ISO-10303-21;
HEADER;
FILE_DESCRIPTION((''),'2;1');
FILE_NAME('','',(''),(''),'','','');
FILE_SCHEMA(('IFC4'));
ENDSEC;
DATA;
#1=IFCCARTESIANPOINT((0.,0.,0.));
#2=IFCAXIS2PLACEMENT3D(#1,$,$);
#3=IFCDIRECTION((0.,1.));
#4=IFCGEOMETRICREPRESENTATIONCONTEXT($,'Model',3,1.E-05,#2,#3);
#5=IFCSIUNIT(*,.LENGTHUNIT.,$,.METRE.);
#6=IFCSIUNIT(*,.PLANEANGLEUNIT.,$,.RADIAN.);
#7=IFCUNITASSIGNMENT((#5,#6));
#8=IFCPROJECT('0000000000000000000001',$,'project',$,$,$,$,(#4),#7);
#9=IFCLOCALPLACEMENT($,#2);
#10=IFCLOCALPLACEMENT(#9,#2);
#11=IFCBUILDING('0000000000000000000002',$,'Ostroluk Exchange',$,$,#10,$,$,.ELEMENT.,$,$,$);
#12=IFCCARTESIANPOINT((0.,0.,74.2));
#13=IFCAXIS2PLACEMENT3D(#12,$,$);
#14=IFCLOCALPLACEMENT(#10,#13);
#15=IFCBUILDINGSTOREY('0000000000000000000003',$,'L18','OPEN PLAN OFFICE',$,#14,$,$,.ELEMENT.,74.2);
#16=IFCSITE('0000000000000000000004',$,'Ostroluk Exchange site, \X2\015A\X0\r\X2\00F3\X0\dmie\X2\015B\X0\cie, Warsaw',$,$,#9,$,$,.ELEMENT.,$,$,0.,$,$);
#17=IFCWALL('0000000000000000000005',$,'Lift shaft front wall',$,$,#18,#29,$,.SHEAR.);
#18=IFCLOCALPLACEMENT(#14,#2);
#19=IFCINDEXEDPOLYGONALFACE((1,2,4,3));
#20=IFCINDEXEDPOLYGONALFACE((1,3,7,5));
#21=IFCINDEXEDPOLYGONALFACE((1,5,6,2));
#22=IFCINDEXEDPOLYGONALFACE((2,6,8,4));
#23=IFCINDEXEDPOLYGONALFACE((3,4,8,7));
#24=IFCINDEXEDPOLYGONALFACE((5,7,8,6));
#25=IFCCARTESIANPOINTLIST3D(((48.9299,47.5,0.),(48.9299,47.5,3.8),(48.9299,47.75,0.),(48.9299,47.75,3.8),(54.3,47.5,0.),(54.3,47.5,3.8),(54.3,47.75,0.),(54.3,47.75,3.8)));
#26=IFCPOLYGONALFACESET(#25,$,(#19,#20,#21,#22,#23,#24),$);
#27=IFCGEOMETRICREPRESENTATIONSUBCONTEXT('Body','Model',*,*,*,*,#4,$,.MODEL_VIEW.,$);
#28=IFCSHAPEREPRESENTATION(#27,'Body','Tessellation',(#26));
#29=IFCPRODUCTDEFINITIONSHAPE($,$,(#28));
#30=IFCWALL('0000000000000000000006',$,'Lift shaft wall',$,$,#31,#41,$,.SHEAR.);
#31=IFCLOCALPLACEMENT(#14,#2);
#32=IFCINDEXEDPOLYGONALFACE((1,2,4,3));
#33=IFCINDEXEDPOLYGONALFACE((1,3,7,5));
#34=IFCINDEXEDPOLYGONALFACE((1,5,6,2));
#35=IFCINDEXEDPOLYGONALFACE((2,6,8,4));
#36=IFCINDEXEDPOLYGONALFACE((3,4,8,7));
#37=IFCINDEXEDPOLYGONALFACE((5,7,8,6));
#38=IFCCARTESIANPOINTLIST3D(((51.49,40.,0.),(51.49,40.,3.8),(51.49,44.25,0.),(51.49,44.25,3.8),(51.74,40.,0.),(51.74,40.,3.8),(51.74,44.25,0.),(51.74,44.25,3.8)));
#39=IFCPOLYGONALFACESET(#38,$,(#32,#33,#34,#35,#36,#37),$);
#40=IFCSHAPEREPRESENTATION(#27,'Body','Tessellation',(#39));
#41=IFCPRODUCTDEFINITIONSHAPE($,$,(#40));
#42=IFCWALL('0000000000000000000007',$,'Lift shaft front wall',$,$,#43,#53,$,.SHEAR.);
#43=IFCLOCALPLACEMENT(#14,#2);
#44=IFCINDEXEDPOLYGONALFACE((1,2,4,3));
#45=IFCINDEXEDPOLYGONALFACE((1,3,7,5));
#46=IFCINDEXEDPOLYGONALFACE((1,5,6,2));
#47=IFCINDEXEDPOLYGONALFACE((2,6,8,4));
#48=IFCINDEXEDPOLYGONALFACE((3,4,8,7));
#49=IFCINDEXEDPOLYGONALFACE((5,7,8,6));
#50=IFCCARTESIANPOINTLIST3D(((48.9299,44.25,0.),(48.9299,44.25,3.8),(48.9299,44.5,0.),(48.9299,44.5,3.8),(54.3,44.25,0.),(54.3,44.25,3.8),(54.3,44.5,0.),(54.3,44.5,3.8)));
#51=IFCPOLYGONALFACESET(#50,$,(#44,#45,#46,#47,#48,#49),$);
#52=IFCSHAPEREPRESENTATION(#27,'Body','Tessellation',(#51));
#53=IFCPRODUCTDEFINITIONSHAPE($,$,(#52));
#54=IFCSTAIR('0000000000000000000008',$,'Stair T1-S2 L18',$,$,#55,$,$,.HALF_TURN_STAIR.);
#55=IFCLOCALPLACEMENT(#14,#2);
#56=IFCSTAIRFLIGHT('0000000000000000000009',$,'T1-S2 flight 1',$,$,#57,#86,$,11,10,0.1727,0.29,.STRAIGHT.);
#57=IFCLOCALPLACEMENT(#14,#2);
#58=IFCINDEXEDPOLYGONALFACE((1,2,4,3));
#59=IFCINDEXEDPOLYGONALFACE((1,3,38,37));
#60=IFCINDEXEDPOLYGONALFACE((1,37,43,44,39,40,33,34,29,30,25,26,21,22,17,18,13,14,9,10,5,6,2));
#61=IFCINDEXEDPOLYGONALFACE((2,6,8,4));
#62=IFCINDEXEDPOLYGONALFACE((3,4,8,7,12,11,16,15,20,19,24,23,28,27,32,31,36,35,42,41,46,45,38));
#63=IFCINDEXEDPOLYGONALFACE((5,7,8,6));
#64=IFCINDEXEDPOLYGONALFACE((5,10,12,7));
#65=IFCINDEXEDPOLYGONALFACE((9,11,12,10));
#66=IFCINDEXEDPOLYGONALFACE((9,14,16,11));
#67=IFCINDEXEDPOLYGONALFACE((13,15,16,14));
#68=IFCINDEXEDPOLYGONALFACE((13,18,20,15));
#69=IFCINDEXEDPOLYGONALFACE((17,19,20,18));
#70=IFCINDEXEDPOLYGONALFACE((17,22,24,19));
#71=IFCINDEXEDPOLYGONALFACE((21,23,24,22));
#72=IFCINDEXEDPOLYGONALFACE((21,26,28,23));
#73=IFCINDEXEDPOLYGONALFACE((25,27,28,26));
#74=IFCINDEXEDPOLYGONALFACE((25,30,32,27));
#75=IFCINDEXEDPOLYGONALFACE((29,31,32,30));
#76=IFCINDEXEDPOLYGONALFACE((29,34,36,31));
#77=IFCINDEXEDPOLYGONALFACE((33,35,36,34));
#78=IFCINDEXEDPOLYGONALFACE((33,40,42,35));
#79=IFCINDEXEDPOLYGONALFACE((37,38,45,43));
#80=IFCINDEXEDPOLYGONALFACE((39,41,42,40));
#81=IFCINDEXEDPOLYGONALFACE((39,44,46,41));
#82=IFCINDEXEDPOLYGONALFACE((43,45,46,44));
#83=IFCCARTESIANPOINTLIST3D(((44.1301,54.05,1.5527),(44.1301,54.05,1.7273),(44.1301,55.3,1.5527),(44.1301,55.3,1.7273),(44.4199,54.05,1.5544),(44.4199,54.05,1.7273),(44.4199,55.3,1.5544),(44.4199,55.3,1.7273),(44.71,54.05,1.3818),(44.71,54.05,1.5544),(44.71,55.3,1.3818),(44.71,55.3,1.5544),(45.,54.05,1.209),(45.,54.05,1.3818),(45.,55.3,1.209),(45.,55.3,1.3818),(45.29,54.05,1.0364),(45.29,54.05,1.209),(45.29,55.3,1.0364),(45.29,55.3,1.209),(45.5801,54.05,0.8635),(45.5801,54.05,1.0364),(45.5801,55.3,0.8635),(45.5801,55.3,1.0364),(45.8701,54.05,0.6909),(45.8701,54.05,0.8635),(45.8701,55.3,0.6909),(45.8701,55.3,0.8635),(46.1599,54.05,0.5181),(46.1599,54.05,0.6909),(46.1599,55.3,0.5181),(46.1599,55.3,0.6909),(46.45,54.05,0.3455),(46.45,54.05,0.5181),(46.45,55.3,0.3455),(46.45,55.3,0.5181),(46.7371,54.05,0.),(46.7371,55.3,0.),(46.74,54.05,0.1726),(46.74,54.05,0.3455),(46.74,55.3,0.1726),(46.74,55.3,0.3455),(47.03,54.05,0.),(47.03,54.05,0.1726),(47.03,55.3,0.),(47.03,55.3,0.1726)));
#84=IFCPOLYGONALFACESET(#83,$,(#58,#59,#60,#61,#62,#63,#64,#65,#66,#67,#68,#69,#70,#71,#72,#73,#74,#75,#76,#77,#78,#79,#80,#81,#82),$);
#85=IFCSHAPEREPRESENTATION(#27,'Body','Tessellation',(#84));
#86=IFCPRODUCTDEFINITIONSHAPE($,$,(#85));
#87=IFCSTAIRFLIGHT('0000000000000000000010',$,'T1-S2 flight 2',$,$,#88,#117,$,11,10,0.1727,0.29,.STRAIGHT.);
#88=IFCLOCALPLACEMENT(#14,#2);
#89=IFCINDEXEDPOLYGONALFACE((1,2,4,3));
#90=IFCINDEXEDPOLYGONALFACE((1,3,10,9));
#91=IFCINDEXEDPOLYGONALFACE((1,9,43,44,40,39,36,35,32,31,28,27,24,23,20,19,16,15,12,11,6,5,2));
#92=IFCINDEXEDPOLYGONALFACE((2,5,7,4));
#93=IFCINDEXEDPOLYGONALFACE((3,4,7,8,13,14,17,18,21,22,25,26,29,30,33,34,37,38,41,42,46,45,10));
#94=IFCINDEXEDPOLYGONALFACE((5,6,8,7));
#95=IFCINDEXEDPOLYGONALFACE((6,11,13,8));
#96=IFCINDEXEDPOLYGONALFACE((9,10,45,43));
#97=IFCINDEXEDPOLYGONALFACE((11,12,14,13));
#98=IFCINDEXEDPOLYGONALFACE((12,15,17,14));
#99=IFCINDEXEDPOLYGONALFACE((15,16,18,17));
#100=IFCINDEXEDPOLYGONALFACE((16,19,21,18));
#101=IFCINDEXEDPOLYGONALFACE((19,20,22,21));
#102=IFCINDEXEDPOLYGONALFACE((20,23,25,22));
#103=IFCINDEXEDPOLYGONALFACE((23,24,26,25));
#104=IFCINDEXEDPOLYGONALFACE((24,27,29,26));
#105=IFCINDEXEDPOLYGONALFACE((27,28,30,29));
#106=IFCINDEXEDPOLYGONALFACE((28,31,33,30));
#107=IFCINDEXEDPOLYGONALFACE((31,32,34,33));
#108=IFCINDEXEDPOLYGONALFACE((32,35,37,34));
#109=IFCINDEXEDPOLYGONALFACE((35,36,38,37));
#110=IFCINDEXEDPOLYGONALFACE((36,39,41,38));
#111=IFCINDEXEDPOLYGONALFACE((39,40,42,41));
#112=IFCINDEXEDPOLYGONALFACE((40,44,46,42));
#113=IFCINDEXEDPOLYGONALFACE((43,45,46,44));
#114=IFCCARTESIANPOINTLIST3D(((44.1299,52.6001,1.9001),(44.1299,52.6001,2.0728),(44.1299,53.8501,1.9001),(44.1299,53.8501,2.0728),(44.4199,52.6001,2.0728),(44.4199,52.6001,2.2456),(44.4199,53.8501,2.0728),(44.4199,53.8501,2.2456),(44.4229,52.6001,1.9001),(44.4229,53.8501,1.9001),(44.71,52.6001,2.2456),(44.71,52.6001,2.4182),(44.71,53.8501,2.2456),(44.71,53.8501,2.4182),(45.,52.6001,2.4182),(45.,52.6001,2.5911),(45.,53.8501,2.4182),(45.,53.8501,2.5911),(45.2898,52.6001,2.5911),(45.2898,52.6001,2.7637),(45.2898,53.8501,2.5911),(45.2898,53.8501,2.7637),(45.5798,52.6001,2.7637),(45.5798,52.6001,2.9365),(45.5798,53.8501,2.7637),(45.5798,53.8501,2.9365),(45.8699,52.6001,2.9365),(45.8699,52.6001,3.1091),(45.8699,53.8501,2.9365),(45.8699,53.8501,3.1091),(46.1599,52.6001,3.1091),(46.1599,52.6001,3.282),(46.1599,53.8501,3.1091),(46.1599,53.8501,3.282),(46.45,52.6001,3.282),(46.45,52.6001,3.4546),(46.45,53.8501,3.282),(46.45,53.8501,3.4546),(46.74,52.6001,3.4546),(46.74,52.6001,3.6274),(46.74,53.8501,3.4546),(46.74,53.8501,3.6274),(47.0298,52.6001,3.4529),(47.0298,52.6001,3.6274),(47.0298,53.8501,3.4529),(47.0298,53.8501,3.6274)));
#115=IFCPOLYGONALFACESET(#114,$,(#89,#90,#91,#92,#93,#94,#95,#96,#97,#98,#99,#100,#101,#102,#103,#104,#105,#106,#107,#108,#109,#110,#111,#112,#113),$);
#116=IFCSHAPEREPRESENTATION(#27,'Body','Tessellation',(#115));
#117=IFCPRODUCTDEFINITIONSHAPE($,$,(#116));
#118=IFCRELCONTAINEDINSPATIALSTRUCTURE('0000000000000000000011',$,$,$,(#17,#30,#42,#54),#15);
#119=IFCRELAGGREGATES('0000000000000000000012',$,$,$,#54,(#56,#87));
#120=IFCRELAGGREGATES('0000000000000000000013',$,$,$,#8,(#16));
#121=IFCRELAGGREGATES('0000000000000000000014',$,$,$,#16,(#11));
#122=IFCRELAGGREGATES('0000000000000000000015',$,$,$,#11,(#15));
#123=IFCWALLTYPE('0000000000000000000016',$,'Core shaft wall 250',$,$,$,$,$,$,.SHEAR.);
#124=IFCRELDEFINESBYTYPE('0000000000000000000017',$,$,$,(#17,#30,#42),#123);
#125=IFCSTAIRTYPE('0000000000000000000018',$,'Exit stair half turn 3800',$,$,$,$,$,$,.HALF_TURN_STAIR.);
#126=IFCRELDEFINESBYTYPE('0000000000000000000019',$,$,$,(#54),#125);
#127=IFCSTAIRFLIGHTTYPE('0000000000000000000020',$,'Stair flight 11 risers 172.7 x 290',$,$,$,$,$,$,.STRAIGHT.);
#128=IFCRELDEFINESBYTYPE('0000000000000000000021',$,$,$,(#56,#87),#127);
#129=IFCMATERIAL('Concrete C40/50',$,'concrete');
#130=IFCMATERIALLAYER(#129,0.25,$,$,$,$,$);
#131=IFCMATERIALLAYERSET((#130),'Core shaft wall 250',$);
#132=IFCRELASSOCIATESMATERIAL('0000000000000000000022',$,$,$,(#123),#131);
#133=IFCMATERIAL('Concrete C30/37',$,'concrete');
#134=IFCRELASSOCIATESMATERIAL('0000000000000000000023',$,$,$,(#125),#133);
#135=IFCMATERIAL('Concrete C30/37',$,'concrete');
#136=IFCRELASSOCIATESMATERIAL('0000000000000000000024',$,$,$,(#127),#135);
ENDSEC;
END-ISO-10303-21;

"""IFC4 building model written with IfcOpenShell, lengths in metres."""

from ifc_helpers import new_model, si_unit, direction, frame, frame_2d, origin, place, context, subcontext, project, spatial, polyline, rectangle, outline, extrude, material, layer, layer_set, type_object, element, aggregate, save


model = new_model("IFC4")

# Units and contexts
model_context = context("Model", 3, precision=1e-05, world=origin(), true_north=direction((0.0, 1.0)))
body_context = subcontext(model_context, "Body", "Model", "MODEL_VIEW")
ifc_project = project(units=[si_unit("LENGTHUNIT", "METRE"), si_unit("PLANEANGLEUNIT", "RADIAN")], contexts=[model_context])

# Site, building, storey
site_placement = place(None, origin())
site = spatial("IfcSite", under=ifc_project, at=site_placement, Name="Ostroluk Exchange site, Śródmieście, Warsaw", CompositionType="ELEMENT", RefElevation=0.0)
building_placement = place(site_placement, origin())
building = spatial("IfcBuilding", under=site, at=building_placement, Name="Ostroluk Exchange", CompositionType="ELEMENT")
storey_placement = place(building_placement, frame((0.0, 0.0, 74.2)))
storey = spatial("IfcBuildingStorey", under=building, at=storey_placement, Name="L18", Description="OPEN PLAN OFFICE", CompositionType="ELEMENT", Elevation=74.2)

# Shared definitions
ifc_material_1 = material(Name="Concrete C40/50", Category="concrete")
ifc_layer_1 = layer(ifc_material_1, 0.25)
ifc_layer_set_1 = layer_set([ifc_layer_1], Name="Core shaft wall 250")
wall_type_1 = type_object("IfcWallType", Name="Core shaft wall 250", PredefinedType="SHEAR", material=ifc_layer_set_1)

# Walls
wall_1_placement = place(storey_placement, frame((48.9299, 47.625, 0.0), z_axis=(0.0, 0.0, 1.0), x_axis=(1.0, 0.0, 0.0)))
element("IfcWall", 1, at=wall_1_placement, inside=storey, type_object=wall_type_1, Name="Lift shaft front wall", PredefinedType="SHEAR", context=body_context, shape_type="SweptSolid", body=[
    extrude(rectangle(XDim=5.3701, YDim=0.25, at=frame_2d((2.6851, 0.0))), origin(), (0.0, 0.0, 1.0), 3.8),
])
wall_2_placement = place(storey_placement, frame((51.615, 44.25, 0.0), z_axis=(0.0, 0.0, 1.0), x_axis=(0.0, -1.0, 0.0)))
element("IfcWall", 2, at=wall_2_placement, inside=storey, type_object=wall_type_1, Name="Lift shaft wall", PredefinedType="SHEAR", context=body_context, shape_type="SweptSolid", body=[
    extrude(rectangle(XDim=4.25, YDim=0.25, at=frame_2d((2.125, 0.0))), origin(), (0.0, 0.0, 1.0), 3.8),
])
wall_3_placement = place(storey_placement, frame((48.9299, 44.375, 0.0), z_axis=(0.0, 0.0, 1.0), x_axis=(1.0, 0.0, 0.0)))
element("IfcWall", 3, at=wall_3_placement, inside=storey, type_object=wall_type_1, Name="Lift shaft front wall", PredefinedType="SHEAR", context=body_context, shape_type="SweptSolid", body=[
    extrude(rectangle(XDim=5.3701, YDim=0.25, at=frame_2d((2.6851, 0.0))), origin(), (0.0, 0.0, 1.0), 3.8),
])

# Stair, stair flights
ifc_material_2 = material(Name="Concrete C30/37", Category="concrete")
stair_type = type_object("IfcStairType", Name="Exit stair half turn 3800", PredefinedType="HALF_TURN_STAIR", material=ifc_material_2)
stair_placement = place(storey_placement, origin())
stair = element("IfcStair", 4, at=stair_placement, inside=storey, type_object=stair_type, Name="Stair T1-S2 L18", PredefinedType="HALF_TURN_STAIR")
ifc_material_3 = material(Name="Concrete C30/37", Category="concrete")
stair_flight_type = type_object("IfcStairFlightType", Name="Stair flight 11 risers 172.7 x 290", PredefinedType="STRAIGHT", material=ifc_material_3)
stair_flight_1_placement = place(storey_placement, frame((47.03, 54.675, 0.0), z_axis=(0.0, 0.0, 1.0), x_axis=(-1.0, 0.0, 0.0)))
stair_flight_1 = element("IfcStairFlight", 5, at=stair_flight_1_placement, type_object=stair_flight_type, Name="T1-S2 flight 1", NumberOfRisers=11, NumberOfTreads=10, PredefinedType="STRAIGHT", RiserHeight=0.1727, TreadLength=0.29, context=body_context, shape_type="SweptSolid", body=[
    extrude(outline(polyline([(0.0, 0.0), (0.0, 0.1726), (0.29, 0.1726), (0.29, 0.3455), (0.5801, 0.3455), (0.5801, 0.5181), (0.8701, 0.5181), (0.8701, 0.6909), (1.1599, 0.6909), (1.1599, 0.8635), (1.45, 0.8635), (1.45, 1.0364), (1.74, 1.0364), (1.74, 1.209), (2.03, 1.209), (2.03, 1.3818), (2.3201, 1.3818), (2.3201, 1.5544), (2.6101, 1.5544), (2.6101, 1.7273), (2.8999, 1.7273), (2.8999, 1.8999), (2.8999, 1.5527), (0.293, 0.0), (0.0, 0.0)])), frame((0.0, 0.625, 0.0), z_axis=(0.0, -1.0, 0.0), x_axis=(1.0, 0.0, 0.0)), (0.0, 0.0, 1.0), 1.25),
])
stair_flight_2_placement = place(storey_placement, frame((44.1299, 53.2251, 1.9001), z_axis=(0.0, 0.0, 1.0), x_axis=(1.0, 0.0, 0.0)))
stair_flight_2 = element("IfcStairFlight", 6, at=stair_flight_2_placement, type_object=stair_flight_type, Name="T1-S2 flight 2", NumberOfRisers=11, NumberOfTreads=10, PredefinedType="STRAIGHT", RiserHeight=0.1727, TreadLength=0.29, context=body_context, shape_type="SweptSolid", body=[
    extrude(outline(polyline([(0.0, 0.0), (0.0, 0.1726), (0.29, 0.1726), (0.29, 0.3455), (0.5801, 0.3455), (0.5801, 0.5181), (0.8701, 0.5181), (0.8701, 0.6909), (1.1599, 0.6909), (1.1599, 0.8635), (1.45, 0.8635), (1.45, 1.0364), (1.74, 1.0364), (1.74, 1.209), (2.03, 1.209), (2.03, 1.3818), (2.3201, 1.3818), (2.3201, 1.5544), (2.6101, 1.5544), (2.6101, 1.7273), (2.8999, 1.7273), (2.8999, 1.8999), (2.8999, 1.5527), (0.293, 0.0), (0.0, 0.0)])), frame((0.0, 0.625, 0.0), z_axis=(0.0, -1.0, 0.0), x_axis=(1.0, 0.0, 0.0)), (0.0, 0.0, 1.0), 1.25),
])
aggregate(stair, [stair_flight_1, stair_flight_2])

save(model, "model.ifc")
